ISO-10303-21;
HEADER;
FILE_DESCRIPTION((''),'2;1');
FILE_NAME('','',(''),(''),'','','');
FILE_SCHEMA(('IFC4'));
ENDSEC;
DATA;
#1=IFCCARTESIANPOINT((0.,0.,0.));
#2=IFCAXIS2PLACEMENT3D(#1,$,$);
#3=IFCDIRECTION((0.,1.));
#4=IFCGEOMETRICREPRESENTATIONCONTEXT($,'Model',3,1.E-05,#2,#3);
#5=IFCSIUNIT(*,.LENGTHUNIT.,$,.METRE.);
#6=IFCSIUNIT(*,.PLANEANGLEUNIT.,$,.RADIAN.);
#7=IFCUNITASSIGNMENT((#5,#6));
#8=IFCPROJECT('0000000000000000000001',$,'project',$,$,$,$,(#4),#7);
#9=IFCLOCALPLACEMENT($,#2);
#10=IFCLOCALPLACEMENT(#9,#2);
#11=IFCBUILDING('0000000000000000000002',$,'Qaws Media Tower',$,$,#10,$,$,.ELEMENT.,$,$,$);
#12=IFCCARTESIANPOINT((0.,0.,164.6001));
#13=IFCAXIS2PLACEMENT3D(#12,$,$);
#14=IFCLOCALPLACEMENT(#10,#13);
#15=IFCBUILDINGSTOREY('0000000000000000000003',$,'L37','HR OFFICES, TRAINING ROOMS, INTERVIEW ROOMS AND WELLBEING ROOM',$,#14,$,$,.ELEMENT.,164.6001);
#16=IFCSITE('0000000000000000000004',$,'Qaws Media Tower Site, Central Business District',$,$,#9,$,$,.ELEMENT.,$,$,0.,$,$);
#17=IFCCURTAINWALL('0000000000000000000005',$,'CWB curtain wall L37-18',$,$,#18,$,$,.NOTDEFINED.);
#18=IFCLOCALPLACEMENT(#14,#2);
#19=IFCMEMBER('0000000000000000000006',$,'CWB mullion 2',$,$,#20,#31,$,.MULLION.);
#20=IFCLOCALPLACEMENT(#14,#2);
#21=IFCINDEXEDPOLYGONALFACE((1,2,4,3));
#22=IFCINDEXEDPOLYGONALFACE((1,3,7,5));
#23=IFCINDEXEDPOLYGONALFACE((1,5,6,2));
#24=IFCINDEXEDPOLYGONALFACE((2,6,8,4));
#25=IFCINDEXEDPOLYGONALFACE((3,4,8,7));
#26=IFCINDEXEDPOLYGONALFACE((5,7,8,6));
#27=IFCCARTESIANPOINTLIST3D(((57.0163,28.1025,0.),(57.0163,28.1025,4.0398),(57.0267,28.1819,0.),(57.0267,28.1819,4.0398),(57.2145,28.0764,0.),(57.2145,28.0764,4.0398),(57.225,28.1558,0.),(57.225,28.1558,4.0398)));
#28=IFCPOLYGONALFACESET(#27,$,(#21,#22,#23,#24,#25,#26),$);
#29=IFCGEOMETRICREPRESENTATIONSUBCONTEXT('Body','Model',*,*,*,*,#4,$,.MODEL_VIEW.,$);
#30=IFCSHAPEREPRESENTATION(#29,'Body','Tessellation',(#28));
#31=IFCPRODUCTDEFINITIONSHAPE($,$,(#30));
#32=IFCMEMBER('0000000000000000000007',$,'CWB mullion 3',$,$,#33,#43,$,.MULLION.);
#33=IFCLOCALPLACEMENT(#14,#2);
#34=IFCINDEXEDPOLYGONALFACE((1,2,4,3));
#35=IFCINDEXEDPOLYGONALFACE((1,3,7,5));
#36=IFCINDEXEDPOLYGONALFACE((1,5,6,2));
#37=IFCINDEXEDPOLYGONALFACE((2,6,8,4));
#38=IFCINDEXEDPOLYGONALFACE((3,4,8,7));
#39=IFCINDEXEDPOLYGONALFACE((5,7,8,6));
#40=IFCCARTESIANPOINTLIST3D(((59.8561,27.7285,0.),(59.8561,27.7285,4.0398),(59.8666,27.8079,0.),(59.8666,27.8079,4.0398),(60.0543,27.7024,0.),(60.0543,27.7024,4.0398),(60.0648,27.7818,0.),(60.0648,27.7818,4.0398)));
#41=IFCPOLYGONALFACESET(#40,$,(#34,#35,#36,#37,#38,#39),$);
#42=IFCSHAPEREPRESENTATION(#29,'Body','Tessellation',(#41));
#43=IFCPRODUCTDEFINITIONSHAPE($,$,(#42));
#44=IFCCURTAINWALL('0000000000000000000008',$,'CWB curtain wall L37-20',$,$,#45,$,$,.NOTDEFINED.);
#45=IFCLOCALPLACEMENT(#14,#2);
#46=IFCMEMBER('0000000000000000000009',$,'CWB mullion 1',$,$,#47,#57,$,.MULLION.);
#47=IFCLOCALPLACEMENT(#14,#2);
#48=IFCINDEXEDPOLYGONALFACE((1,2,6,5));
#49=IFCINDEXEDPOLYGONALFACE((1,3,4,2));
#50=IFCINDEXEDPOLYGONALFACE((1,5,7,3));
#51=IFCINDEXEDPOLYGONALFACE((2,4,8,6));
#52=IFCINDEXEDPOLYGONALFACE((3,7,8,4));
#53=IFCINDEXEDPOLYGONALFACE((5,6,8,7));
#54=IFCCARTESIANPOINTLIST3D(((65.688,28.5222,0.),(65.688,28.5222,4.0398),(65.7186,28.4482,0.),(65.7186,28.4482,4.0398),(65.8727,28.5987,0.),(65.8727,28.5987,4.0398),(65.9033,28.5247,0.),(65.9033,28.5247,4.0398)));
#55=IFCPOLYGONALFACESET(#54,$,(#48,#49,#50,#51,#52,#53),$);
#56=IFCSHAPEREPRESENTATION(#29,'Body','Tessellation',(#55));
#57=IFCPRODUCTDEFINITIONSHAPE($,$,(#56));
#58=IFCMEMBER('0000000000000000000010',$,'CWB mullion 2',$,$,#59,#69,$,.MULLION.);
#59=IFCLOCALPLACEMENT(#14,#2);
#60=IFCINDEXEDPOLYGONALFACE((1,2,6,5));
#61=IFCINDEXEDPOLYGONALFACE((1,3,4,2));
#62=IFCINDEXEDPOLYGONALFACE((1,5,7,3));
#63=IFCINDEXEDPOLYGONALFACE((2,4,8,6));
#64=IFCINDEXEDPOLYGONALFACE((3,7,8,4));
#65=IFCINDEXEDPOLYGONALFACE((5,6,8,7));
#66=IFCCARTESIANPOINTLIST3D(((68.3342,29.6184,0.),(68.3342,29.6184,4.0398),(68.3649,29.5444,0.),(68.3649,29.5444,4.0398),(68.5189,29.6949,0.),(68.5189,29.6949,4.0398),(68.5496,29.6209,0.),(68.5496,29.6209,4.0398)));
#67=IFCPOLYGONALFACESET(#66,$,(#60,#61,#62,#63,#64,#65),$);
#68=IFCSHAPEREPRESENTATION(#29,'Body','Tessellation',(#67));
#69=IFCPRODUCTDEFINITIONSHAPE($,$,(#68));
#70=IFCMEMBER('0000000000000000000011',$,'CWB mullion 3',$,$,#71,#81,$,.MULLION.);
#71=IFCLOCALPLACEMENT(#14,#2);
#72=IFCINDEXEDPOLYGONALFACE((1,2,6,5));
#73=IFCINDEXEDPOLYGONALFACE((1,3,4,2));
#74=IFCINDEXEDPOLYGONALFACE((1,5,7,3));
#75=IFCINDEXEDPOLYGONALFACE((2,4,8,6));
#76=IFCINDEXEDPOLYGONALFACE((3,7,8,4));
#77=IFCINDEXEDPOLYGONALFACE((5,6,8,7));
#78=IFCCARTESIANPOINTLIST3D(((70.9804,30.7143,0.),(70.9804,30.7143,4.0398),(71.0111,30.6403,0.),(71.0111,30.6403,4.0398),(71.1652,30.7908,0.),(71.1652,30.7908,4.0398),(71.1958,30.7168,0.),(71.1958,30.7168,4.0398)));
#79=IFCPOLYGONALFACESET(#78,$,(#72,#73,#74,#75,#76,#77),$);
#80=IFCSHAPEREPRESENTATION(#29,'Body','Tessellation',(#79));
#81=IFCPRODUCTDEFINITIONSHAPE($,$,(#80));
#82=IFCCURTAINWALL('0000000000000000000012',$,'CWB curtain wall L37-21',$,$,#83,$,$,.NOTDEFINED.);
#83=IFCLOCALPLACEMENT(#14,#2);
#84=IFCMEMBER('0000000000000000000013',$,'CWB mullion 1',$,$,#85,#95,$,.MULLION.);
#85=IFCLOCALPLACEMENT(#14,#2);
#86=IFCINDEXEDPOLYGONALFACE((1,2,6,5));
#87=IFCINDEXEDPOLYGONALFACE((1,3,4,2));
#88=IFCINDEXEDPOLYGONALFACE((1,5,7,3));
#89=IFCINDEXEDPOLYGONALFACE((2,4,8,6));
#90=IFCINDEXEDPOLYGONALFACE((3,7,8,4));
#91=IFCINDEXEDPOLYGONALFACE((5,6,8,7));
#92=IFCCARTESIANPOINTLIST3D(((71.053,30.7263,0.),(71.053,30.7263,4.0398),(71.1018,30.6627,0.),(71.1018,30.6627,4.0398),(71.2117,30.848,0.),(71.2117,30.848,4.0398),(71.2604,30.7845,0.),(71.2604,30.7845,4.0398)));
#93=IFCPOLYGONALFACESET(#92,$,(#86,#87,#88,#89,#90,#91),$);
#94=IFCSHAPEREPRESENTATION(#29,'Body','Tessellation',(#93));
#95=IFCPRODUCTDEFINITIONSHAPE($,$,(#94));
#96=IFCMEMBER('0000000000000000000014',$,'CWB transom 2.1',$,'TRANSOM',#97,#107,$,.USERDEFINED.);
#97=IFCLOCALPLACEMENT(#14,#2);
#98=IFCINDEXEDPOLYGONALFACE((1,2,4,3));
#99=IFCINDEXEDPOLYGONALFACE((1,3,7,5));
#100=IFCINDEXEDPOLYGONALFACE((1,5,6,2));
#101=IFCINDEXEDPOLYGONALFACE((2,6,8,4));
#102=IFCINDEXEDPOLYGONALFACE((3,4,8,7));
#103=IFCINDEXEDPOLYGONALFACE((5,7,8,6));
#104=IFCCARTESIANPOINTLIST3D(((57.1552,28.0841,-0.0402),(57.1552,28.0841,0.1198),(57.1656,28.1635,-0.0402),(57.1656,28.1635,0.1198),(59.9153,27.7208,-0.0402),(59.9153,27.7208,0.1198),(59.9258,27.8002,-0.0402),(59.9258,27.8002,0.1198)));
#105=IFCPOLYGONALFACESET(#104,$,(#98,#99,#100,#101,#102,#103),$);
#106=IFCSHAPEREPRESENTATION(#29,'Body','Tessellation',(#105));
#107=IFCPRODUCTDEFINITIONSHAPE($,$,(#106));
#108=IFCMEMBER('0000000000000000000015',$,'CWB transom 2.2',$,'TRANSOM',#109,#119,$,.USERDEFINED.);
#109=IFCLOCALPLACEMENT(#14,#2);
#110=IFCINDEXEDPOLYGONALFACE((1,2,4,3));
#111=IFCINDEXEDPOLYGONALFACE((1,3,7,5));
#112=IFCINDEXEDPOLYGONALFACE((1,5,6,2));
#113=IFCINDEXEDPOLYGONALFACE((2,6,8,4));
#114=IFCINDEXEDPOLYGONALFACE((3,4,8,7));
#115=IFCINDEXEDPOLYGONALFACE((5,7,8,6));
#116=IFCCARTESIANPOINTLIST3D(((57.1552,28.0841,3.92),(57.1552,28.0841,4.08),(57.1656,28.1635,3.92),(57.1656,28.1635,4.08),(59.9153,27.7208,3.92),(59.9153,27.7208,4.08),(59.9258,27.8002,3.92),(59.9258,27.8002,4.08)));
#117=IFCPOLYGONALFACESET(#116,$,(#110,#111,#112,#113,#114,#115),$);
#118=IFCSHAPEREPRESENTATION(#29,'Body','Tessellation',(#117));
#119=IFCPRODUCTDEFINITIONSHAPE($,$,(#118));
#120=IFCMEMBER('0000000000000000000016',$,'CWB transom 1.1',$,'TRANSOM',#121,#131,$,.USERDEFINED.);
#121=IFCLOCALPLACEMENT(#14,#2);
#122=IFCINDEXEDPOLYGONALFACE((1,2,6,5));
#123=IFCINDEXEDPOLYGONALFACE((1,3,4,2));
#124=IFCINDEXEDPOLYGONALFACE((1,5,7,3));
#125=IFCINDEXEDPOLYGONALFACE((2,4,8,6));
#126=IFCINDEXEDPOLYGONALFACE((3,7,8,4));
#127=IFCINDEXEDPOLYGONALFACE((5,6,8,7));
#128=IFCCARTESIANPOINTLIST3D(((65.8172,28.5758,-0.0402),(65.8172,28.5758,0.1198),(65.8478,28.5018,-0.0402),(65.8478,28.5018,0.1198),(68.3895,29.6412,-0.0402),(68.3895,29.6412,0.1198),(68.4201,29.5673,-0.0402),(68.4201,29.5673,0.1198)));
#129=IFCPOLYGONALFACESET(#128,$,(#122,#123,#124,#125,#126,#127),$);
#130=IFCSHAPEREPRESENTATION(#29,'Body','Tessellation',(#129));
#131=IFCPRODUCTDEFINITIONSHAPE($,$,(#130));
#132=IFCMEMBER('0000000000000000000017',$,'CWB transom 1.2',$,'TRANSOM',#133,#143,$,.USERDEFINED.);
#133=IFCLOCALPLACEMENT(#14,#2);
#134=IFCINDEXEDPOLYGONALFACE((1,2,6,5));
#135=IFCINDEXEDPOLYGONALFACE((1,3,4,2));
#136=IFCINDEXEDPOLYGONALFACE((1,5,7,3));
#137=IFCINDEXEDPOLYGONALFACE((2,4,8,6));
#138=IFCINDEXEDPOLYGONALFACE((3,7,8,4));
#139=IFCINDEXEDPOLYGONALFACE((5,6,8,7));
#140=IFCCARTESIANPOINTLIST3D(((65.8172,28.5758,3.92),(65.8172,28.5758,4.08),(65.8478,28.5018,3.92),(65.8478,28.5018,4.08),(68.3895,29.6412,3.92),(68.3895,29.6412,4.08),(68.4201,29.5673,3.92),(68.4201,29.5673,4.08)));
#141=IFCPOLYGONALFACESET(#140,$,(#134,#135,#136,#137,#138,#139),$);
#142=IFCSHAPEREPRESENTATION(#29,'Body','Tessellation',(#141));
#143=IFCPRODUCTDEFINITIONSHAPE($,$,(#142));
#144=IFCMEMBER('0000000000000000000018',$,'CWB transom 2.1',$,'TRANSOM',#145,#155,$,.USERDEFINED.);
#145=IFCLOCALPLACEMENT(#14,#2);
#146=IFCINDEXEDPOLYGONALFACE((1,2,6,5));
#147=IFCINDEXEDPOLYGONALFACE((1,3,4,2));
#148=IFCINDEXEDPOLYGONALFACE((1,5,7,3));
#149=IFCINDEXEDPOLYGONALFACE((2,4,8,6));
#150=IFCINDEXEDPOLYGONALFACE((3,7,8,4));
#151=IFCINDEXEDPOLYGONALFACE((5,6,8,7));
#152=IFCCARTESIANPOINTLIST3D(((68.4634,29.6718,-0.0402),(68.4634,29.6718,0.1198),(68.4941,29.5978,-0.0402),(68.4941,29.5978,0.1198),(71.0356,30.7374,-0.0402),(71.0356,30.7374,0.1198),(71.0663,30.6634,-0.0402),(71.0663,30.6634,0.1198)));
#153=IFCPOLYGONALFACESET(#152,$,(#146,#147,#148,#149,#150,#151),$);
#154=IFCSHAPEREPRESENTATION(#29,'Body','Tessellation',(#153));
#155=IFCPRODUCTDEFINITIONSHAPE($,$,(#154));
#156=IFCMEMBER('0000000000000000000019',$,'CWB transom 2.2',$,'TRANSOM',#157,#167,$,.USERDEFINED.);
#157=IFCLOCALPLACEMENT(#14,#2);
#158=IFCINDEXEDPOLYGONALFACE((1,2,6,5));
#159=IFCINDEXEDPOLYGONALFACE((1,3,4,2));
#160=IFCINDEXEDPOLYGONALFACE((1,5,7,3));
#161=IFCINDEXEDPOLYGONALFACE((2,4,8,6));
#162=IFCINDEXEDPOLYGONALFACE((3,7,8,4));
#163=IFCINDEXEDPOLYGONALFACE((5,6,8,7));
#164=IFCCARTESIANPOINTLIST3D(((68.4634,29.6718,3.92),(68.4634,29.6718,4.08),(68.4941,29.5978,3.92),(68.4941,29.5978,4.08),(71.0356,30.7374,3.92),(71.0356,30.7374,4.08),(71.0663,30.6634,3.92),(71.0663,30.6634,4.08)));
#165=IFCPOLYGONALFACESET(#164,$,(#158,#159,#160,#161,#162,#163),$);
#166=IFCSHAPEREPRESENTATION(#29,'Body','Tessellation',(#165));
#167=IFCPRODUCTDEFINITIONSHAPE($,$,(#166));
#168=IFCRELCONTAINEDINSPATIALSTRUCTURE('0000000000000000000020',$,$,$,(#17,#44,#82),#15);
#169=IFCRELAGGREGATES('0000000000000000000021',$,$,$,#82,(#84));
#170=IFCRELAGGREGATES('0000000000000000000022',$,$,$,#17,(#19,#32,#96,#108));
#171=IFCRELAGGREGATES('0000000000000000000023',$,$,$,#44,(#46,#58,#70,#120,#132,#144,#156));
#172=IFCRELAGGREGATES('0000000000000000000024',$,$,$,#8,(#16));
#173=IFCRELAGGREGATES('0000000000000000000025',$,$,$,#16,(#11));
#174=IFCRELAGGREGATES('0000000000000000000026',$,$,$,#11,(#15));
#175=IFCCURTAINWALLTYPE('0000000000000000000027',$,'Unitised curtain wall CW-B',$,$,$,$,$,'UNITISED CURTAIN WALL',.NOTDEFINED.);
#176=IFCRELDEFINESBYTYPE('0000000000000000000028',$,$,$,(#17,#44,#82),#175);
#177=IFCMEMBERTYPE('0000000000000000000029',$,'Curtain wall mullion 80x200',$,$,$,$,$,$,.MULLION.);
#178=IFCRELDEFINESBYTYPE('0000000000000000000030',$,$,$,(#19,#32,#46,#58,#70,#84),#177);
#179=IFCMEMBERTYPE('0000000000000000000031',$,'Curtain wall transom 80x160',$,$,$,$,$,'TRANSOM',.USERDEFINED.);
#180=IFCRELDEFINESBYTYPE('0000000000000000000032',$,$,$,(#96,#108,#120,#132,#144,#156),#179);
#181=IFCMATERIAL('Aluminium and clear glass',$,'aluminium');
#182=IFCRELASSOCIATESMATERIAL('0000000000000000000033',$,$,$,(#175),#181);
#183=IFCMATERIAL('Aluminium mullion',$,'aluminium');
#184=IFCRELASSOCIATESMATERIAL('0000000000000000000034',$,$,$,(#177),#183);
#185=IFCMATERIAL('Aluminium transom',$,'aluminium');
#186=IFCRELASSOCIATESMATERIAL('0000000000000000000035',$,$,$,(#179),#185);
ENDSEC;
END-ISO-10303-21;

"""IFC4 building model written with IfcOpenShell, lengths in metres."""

from ifc_helpers import new_model, si_unit, direction, frame, origin, origin_2d, place, context, subcontext, project, spatial, rectangle, extrude, material, material_profile, profile_set, type_object, element, aggregate, save


model = new_model("IFC4")

# Units and contexts
model_context = context("Model", 3, precision=1e-05, world=origin(), true_north=direction((0.0, 1.0)))
body_context = subcontext(model_context, "Body", "Model", "MODEL_VIEW")
ifc_project = project(units=[si_unit("LENGTHUNIT", "METRE"), si_unit("PLANEANGLEUNIT", "RADIAN")], contexts=[model_context])

# Site, building, storey
site_placement = place(None, origin())
site = spatial("IfcSite", under=ifc_project, at=site_placement, Name="Qaws Media Tower Site, Central Business District", CompositionType="ELEMENT", RefElevation=0.0)
building_placement = place(site_placement, origin())
building = spatial("IfcBuilding", under=site, at=building_placement, Name="Qaws Media Tower", CompositionType="ELEMENT")
storey_placement = place(building_placement, frame((0.0, 0.0, 164.6001)))
storey = spatial("IfcBuildingStorey", under=building, at=storey_placement, Name="L37", Description="HR OFFICES, TRAINING ROOMS, INTERVIEW ROOMS AND WELLBEING ROOM", CompositionType="ELEMENT", Elevation=164.6001)

# Curtain walls, members
ifc_material_1 = material(Name="Aluminium and clear glass", Category="aluminium")
curtain_wall_type = type_object("IfcCurtainWallType", Name="Unitised curtain wall CW-B", ElementType="UNITISED CURTAIN WALL", PredefinedType="NOTDEFINED", material=ifc_material_1)
curtain_wall_1_placement = place(storey_placement, origin())
curtain_wall_1 = element("IfcCurtainWall", 1, at=curtain_wall_1_placement, inside=storey, type_object=curtain_wall_type, Name="CWB curtain wall L37-18", PredefinedType="NOTDEFINED")
ifc_material_2 = material(Name="Aluminium mullion", Category="aluminium")
ifc_material_profile_1 = material_profile(ifc_material_2, rectangle(XDim=0.0801, YDim=0.2, at=origin_2d()), Name="80x200")
ifc_profile_set_1 = profile_set([ifc_material_profile_1], Name="Aluminium mullion")
member_type_1 = type_object("IfcMemberType", Name="Curtain wall mullion 80x200", PredefinedType="MULLION", material=ifc_profile_set_1)
member_1_placement = place(storey_placement, frame((57.1206, 28.1292, 0.0), z_axis=(0.0, 0.0, 1.0), x_axis=(0.130526, 0.991445, 0.0)))
member_1 = element("IfcMember", 2, at=member_1_placement, type_object=member_type_1, Name="CWB mullion 2", PredefinedType="MULLION", context=body_context, shape_type="SweptSolid", body=[
    extrude(rectangle(XDim=0.0801, YDim=0.2, at=origin_2d()), origin(), (0.0, 0.0, 1.0), 4.0398),
])
member_2_placement = place(storey_placement, frame((59.9604, 27.7551, 0.0), z_axis=(0.0, 0.0, 1.0), x_axis=(0.130526, 0.991445, 0.0)))
member_2 = element("IfcMember", 3, at=member_2_placement, type_object=member_type_1, Name="CWB mullion 3", PredefinedType="MULLION", context=body_context, shape_type="SweptSolid", body=[
    extrude(rectangle(XDim=0.0801, YDim=0.2, at=origin_2d()), origin(), (0.0, 0.0, 1.0), 4.0398),
])
curtain_wall_2_placement = place(storey_placement, origin())
curtain_wall_2 = element("IfcCurtainWall", 4, at=curtain_wall_2_placement, inside=storey, type_object=curtain_wall_type, Name="CWB curtain wall L37-20", PredefinedType="NOTDEFINED")
member_3_placement = place(storey_placement, frame((65.7957, 28.5234, 0.0), z_axis=(0.0, 0.0, 1.0), x_axis=(-0.382684, 0.923879, 0.0)))
member_3 = element("IfcMember", 5, at=member_3_placement, type_object=member_type_1, Name="CWB mullion 1", PredefinedType="MULLION", context=body_context, shape_type="SweptSolid", body=[
    extrude(rectangle(XDim=0.0801, YDim=0.2, at=origin_2d()), origin(), (0.0, 0.0, 1.0), 4.0398),
])
member_4_placement = place(storey_placement, frame((68.4419, 29.6196, 0.0), z_axis=(0.0, 0.0, 1.0), x_axis=(-0.382684, 0.923879, 0.0)))
member_4 = element("IfcMember", 6, at=member_4_placement, type_object=member_type_1, Name="CWB mullion 2", PredefinedType="MULLION", context=body_context, shape_type="SweptSolid", body=[
    extrude(rectangle(XDim=0.0801, YDim=0.2, at=origin_2d()), origin(), (0.0, 0.0, 1.0), 4.0398),
])
member_5_placement = place(storey_placement, frame((71.0881, 30.7156, 0.0), z_axis=(0.0, 0.0, 1.0), x_axis=(-0.382684, 0.923879, 0.0)))
member_5 = element("IfcMember", 7, at=member_5_placement, type_object=member_type_1, Name="CWB mullion 3", PredefinedType="MULLION", context=body_context, shape_type="SweptSolid", body=[
    extrude(rectangle(XDim=0.0801, YDim=0.2, at=origin_2d()), origin(), (0.0, 0.0, 1.0), 4.0398),
])

# Curtain wall, member
curtain_wall_3_placement = place(storey_placement, origin())
curtain_wall_3 = element("IfcCurtainWall", 8, at=curtain_wall_3_placement, inside=storey, type_object=curtain_wall_type, Name="CWB curtain wall L37-21", PredefinedType="NOTDEFINED")
member_6_placement = place(storey_placement, frame((71.1567, 30.7554, 0.0), z_axis=(0.0, 0.0, 1.0), x_axis=(-0.608761, 0.793353, 0.0)))
member_6 = element("IfcMember", 9, at=member_6_placement, type_object=member_type_1, Name="CWB mullion 1", PredefinedType="MULLION", context=body_context, shape_type="SweptSolid", body=[
    extrude(rectangle(XDim=0.0801, YDim=0.2, at=origin_2d()), origin(), (0.0, 0.0, 1.0), 4.0398),
])
aggregate(curtain_wall_3, [member_6])

# Members
ifc_material_3 = material(Name="Aluminium transom", Category="aluminium")
ifc_material_profile_2 = material_profile(ifc_material_3, rectangle(XDim=0.0801, YDim=0.1599, at=origin_2d()), Name="80x160")
ifc_profile_set_2 = profile_set([ifc_material_profile_2], Name="Aluminium transom")
member_type_2 = type_object("IfcMemberType", Name="Curtain wall transom 80x160", ElementType="TRANSOM", PredefinedType="USERDEFINED", material=ifc_profile_set_2)
member_7_placement = place(storey_placement, frame((57.1604, 28.1238, 0.0398), z_axis=(0.99145, -0.130486, 0.0), x_axis=(0.130486, 0.99145, 0.0)))
member_7 = element("IfcMember", 10, at=member_7_placement, type_object=member_type_2, Name="CWB transom 2.1", ObjectType="TRANSOM", PredefinedType="USERDEFINED", context=body_context, shape_type="SweptSolid", body=[
    extrude(rectangle(XDim=0.0801, YDim=0.1599, at=origin_2d()), origin(), (0.0, 0.0, 1.0), 2.7839),
])
member_8_placement = place(storey_placement, frame((57.1604, 28.1238, 4.0), z_axis=(0.99145, -0.130486, 0.0), x_axis=(0.130486, 0.99145, 0.0)))
member_8 = element("IfcMember", 11, at=member_8_placement, type_object=member_type_2, Name="CWB transom 2.2", ObjectType="TRANSOM", PredefinedType="USERDEFINED", context=body_context, shape_type="SweptSolid", body=[
    extrude(rectangle(XDim=0.0801, YDim=0.1599, at=origin_2d()), origin(), (0.0, 0.0, 1.0), 2.7839),
])
member_9_placement = place(storey_placement, frame((65.8325, 28.5388, 0.0398), z_axis=(0.923884, 0.382672, 0.0), x_axis=(-0.382672, 0.923884, 0.0)))
member_9 = element("IfcMember", 12, at=member_9_placement, type_object=member_type_2, Name="CWB transom 1.1", ObjectType="TRANSOM", PredefinedType="USERDEFINED", context=body_context, shape_type="SweptSolid", body=[
    extrude(rectangle(XDim=0.0801, YDim=0.1599, at=origin_2d()), origin(), (0.0, 0.0, 1.0), 2.7842),
])
member_10_placement = place(storey_placement, frame((65.8325, 28.5388, 4.0), z_axis=(0.923884, 0.382672, 0.0), x_axis=(-0.382672, 0.923884, 0.0)))
member_10 = element("IfcMember", 13, at=member_10_placement, type_object=member_type_2, Name="CWB transom 1.2", ObjectType="TRANSOM", PredefinedType="USERDEFINED", context=body_context, shape_type="SweptSolid", body=[
    extrude(rectangle(XDim=0.0801, YDim=0.1599, at=origin_2d()), origin(), (0.0, 0.0, 1.0), 2.7842),
])
member_11_placement = place(storey_placement, frame((68.4788, 29.6348, 0.0398), z_axis=(0.923853, 0.382747, 0.0), x_axis=(-0.382747, 0.923853, 0.0)))
member_11 = element("IfcMember", 14, at=member_11_placement, type_object=member_type_2, Name="CWB transom 2.1", ObjectType="TRANSOM", PredefinedType="USERDEFINED", context=body_context, shape_type="SweptSolid", body=[
    extrude(rectangle(XDim=0.0801, YDim=0.1599, at=origin_2d()), origin(), (0.0, 0.0, 1.0), 2.7842),
])
member_12_placement = place(storey_placement, frame((68.4788, 29.6348, 4.0), z_axis=(0.923853, 0.382747, 0.0), x_axis=(-0.382747, 0.923853, 0.0)))
member_12 = element("IfcMember", 15, at=member_12_placement, type_object=member_type_2, Name="CWB transom 2.2", ObjectType="TRANSOM", PredefinedType="USERDEFINED", context=body_context, shape_type="SweptSolid", body=[
    extrude(rectangle(XDim=0.0801, YDim=0.1599, at=origin_2d()), origin(), (0.0, 0.0, 1.0), 2.7842),
])

aggregate(curtain_wall_1, [member_1, member_2, member_7, member_8])
aggregate(curtain_wall_2, [member_3, member_4, member_5, member_9, member_10, member_11, member_12])

save(model, "model.ifc")
